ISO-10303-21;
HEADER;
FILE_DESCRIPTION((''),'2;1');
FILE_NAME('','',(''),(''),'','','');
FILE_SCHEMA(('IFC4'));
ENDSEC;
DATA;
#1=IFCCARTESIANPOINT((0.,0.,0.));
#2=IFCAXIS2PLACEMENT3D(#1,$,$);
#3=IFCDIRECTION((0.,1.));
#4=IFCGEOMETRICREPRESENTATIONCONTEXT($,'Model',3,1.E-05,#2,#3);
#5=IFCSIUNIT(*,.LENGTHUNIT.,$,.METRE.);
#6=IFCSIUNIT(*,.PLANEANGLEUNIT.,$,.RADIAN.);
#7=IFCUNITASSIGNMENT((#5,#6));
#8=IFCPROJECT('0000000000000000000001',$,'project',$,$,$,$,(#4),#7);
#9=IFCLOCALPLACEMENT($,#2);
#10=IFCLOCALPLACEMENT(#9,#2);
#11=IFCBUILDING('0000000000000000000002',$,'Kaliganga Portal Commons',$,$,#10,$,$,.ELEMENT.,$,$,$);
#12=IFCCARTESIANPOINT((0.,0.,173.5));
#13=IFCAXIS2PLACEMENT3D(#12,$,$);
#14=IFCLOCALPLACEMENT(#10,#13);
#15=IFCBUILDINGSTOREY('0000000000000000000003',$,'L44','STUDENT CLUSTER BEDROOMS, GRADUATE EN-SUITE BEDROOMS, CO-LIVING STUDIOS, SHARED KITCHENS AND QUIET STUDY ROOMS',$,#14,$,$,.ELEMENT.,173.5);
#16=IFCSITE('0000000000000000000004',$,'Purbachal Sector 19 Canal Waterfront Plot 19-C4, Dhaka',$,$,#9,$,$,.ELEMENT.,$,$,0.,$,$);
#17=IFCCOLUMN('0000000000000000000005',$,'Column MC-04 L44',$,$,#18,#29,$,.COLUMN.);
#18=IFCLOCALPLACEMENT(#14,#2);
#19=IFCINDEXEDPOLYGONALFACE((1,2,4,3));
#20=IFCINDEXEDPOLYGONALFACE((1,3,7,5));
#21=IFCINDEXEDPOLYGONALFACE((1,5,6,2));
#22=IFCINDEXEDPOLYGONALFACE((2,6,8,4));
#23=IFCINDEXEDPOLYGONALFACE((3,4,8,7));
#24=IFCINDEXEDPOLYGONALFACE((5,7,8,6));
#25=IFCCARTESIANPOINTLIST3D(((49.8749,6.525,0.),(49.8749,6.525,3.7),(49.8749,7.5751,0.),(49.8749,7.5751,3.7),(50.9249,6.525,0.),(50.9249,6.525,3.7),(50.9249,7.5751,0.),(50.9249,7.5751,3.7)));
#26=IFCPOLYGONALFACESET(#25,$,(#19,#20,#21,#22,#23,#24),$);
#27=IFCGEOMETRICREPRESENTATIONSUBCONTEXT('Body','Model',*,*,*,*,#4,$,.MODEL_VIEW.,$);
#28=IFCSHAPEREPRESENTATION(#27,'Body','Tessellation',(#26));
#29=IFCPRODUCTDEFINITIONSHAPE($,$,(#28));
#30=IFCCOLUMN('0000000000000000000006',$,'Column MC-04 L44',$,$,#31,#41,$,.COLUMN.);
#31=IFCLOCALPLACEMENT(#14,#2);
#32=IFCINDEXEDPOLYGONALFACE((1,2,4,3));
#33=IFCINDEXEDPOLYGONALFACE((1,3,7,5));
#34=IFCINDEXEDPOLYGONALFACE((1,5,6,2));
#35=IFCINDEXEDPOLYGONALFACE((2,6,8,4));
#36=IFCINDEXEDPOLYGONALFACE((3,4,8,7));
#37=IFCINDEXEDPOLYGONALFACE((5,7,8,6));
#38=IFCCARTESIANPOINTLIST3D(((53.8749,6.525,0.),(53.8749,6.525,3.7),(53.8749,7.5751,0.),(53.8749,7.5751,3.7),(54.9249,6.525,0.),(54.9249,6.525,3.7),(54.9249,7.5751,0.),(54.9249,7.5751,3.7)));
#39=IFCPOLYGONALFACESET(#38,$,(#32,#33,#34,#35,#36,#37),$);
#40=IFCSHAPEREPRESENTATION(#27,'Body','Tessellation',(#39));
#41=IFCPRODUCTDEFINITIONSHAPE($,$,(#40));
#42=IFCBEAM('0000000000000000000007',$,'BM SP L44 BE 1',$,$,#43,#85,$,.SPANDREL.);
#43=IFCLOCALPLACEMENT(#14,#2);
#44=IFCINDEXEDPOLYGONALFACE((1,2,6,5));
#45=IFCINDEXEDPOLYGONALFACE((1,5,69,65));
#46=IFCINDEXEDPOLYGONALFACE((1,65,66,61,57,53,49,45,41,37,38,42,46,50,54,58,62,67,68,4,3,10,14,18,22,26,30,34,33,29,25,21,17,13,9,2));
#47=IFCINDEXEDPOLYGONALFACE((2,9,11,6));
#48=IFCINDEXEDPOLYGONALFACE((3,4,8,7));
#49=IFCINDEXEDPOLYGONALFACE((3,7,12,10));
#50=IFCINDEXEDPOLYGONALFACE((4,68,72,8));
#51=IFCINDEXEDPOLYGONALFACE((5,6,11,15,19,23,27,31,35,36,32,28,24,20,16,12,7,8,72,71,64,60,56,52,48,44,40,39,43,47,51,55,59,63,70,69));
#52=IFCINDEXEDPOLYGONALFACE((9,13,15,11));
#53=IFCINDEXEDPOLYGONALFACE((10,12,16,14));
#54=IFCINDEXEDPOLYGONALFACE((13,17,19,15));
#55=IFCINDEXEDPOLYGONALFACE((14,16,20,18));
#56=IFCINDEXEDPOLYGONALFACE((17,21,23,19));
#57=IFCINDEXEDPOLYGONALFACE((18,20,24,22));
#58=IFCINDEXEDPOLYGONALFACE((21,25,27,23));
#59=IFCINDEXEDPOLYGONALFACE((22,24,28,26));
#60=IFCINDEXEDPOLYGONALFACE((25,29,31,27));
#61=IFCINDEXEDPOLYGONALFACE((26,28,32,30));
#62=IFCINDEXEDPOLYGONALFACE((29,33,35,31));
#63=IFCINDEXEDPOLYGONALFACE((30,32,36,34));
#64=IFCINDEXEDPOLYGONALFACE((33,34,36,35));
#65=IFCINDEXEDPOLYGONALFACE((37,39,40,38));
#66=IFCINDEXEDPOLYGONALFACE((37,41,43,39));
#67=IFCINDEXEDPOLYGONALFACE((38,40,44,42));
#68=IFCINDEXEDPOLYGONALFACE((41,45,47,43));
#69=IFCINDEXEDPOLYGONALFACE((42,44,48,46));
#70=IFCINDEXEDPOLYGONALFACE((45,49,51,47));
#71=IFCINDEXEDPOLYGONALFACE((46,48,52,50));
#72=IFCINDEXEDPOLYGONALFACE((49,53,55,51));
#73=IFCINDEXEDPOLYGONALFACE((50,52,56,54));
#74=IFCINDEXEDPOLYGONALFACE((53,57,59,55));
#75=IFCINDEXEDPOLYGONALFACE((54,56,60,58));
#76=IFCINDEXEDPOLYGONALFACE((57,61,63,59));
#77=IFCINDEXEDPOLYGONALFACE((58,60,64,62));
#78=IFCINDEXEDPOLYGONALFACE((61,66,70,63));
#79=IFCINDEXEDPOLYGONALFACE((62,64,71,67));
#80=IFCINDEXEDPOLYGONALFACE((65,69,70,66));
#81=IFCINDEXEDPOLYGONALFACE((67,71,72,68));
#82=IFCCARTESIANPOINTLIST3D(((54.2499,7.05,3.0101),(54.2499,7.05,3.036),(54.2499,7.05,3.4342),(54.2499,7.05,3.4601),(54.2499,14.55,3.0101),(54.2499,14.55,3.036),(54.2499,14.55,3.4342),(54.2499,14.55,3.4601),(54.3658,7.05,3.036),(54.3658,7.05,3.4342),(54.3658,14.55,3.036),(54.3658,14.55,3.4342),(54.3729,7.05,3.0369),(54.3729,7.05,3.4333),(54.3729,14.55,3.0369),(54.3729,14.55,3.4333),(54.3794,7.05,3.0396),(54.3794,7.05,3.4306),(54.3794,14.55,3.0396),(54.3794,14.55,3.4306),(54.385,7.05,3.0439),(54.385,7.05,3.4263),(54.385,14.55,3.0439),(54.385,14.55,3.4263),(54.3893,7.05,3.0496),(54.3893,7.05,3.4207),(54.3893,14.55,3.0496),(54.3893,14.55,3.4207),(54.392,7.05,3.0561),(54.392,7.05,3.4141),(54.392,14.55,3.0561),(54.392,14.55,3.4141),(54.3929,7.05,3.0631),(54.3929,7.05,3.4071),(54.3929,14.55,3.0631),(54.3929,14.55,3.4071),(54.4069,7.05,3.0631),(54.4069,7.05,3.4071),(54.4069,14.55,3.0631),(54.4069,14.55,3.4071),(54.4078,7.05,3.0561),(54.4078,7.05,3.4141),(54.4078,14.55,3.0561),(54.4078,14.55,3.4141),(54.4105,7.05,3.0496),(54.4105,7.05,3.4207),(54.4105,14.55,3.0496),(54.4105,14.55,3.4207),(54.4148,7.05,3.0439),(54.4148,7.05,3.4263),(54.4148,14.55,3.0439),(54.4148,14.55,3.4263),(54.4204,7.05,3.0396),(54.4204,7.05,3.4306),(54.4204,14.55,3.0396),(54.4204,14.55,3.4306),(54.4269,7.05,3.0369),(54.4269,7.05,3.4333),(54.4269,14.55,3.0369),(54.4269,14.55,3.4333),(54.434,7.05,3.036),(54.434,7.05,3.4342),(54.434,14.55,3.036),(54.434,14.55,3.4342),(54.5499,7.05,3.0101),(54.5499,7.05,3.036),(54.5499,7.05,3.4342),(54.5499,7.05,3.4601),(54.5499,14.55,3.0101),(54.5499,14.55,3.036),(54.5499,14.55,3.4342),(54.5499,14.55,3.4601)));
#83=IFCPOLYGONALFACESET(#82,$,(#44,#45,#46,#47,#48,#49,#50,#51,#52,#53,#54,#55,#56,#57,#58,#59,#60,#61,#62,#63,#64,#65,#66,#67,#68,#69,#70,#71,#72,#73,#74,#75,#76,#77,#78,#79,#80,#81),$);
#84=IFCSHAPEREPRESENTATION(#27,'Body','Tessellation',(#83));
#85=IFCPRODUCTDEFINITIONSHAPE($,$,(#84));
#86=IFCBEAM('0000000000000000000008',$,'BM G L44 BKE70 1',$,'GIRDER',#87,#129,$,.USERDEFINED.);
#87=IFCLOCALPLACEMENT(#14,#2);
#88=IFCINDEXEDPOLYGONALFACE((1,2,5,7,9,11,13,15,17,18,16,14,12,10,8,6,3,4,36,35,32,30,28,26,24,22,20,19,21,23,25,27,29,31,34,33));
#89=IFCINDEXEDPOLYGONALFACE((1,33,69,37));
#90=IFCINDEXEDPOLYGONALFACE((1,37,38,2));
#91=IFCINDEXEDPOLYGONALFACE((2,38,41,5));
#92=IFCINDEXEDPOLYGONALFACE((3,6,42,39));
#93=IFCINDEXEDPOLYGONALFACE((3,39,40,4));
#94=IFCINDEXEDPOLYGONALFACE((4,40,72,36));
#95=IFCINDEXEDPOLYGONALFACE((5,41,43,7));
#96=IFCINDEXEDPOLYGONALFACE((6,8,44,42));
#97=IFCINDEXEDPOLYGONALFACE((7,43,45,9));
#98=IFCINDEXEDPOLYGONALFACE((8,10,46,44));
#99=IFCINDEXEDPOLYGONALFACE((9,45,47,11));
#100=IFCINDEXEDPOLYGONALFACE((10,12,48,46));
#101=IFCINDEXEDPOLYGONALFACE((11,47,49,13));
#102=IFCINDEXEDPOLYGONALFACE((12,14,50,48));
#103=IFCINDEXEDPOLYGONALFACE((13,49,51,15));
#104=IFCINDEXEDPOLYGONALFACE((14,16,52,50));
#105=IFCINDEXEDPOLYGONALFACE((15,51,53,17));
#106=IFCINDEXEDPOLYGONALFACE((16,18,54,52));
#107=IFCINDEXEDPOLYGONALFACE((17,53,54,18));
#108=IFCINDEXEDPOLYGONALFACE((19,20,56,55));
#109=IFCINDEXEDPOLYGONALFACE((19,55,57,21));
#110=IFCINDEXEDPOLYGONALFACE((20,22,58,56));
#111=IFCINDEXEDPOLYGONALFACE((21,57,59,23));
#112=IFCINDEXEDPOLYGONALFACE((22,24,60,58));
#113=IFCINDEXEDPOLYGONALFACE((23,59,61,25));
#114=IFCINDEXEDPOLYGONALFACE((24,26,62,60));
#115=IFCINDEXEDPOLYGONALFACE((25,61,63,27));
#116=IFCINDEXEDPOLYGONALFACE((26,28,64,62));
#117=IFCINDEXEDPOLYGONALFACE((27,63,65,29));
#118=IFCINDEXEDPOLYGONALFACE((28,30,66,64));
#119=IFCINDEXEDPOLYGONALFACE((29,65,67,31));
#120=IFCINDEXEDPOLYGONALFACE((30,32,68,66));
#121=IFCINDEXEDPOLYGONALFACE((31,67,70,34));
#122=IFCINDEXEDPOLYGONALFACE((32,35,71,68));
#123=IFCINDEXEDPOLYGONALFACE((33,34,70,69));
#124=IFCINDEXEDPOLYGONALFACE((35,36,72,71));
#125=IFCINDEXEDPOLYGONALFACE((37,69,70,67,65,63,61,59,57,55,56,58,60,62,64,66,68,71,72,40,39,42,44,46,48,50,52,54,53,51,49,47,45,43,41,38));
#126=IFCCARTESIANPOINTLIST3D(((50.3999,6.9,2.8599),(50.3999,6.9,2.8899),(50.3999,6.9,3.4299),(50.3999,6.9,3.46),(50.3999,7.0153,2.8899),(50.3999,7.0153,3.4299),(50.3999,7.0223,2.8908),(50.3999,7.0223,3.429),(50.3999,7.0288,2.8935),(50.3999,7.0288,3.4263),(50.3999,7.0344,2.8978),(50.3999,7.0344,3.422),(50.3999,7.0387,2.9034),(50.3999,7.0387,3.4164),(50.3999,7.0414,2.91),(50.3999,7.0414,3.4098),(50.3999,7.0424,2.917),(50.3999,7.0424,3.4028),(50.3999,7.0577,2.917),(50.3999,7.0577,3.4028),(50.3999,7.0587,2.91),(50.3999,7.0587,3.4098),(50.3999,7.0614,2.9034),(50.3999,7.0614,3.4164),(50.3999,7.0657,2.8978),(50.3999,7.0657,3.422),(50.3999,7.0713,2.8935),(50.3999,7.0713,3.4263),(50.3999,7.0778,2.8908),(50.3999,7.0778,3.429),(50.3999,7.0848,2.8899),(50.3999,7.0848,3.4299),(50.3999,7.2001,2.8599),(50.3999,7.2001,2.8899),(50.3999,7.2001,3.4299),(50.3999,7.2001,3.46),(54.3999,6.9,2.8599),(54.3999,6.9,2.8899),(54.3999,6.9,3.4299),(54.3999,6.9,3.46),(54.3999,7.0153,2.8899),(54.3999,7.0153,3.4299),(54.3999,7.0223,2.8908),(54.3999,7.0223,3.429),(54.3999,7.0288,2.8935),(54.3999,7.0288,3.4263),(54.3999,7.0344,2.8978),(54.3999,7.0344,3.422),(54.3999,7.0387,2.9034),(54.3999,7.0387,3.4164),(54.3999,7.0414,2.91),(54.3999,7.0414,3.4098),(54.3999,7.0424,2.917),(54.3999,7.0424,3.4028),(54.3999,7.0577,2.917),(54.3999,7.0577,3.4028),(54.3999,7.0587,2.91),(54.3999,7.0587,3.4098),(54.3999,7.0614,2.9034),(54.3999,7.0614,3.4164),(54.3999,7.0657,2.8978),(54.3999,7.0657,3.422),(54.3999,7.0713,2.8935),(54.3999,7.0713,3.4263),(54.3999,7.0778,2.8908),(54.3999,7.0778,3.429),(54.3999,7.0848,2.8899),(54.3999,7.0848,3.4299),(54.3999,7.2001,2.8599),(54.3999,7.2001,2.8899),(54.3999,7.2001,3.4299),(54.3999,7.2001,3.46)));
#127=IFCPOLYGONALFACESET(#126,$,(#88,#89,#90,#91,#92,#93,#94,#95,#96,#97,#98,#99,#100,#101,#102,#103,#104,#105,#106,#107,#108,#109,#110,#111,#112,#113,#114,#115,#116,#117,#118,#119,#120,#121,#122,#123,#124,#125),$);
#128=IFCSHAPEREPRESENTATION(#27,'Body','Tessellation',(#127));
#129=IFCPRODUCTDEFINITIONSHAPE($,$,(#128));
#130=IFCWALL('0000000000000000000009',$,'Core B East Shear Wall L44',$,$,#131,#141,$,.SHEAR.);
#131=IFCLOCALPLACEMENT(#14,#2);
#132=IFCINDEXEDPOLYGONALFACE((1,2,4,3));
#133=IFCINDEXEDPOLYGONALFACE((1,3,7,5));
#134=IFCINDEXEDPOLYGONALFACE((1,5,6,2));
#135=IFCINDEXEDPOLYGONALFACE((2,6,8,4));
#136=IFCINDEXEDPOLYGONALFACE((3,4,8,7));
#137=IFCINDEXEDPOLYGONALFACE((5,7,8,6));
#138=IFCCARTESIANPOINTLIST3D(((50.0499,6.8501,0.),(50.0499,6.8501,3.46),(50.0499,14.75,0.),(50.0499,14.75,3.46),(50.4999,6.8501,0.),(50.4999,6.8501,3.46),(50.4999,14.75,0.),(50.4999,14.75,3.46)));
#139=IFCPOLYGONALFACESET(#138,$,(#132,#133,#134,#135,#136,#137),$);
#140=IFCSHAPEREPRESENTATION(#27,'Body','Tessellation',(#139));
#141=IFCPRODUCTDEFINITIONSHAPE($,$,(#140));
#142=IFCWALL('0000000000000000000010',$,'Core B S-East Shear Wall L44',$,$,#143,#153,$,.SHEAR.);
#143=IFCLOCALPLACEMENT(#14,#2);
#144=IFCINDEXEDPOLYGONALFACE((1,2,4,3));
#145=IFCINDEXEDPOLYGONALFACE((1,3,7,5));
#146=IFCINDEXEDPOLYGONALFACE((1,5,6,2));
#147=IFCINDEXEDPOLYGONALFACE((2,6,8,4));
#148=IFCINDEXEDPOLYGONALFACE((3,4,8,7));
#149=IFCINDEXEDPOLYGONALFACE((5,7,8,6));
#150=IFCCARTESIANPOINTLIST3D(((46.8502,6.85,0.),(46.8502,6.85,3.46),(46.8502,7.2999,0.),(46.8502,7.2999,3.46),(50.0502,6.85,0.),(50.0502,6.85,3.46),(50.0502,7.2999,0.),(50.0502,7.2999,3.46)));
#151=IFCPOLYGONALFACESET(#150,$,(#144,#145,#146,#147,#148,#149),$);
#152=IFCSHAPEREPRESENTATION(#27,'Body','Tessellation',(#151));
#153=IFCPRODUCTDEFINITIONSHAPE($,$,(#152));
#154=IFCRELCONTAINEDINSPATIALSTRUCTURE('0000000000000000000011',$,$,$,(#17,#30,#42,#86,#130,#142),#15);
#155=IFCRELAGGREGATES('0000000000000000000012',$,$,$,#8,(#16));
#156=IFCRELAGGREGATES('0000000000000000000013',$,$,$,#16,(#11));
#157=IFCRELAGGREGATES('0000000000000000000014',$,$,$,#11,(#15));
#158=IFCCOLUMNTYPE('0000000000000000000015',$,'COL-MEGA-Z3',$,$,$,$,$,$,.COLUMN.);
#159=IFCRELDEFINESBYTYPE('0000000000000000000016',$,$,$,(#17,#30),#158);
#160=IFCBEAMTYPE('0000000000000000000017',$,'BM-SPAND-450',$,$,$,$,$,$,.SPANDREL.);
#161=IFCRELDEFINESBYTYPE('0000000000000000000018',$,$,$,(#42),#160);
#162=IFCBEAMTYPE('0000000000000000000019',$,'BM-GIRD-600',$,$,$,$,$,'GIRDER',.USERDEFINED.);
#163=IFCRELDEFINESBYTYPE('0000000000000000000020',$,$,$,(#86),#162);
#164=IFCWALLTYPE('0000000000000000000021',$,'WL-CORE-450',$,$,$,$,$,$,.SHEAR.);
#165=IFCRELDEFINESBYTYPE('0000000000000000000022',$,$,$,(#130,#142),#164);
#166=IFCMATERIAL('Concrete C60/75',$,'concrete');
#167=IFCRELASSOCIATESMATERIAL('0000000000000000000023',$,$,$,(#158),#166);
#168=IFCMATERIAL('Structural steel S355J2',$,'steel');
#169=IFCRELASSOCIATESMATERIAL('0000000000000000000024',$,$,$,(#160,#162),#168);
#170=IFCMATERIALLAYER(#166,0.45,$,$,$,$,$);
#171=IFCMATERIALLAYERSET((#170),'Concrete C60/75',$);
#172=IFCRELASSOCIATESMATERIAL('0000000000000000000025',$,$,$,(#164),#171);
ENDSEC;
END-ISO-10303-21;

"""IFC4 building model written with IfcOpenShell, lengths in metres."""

from ifc_helpers import new_model, si_unit, direction, frame, frame_2d, origin, origin_2d, place, context, subcontext, project, spatial, rectangle, i_section, extrude, source, transform, mapped, material, layer, layer_set, material_profile, profile_set, type_object, element, save


model = new_model("IFC4")

# Units and contexts
model_context = context("Model", 3, precision=1e-05, world=origin(), true_north=direction((0.0, 1.0)))
body_context = subcontext(model_context, "Body", "Model", "MODEL_VIEW")
ifc_project = project(units=[si_unit("LENGTHUNIT", "METRE"), si_unit("PLANEANGLEUNIT", "RADIAN")], contexts=[model_context])

# Site, building, storey
site_placement = place(None, origin())
site = spatial("IfcSite", under=ifc_project, at=site_placement, Name="Purbachal Sector 19 Canal Waterfront Plot 19-C4, Dhaka", CompositionType="ELEMENT", RefElevation=0.0)
building_placement = place(site_placement, origin())
building = spatial("IfcBuilding", under=site, at=building_placement, Name="Kaliganga Portal Commons", CompositionType="ELEMENT")
storey_placement = place(building_placement, frame((0.0, 0.0, 173.5)))
storey = spatial("IfcBuildingStorey", under=building, at=storey_placement, Name="L44", Description="STUDENT CLUSTER BEDROOMS, GRADUATE EN-SUITE BEDROOMS, CO-LIVING STUDIOS, SHARED KITCHENS AND QUIET STUDY ROOMS", CompositionType="ELEMENT", Elevation=173.5)

# Columns
ifc_material_1 = material(Name="Concrete C60/75", Category="concrete")
ifc_material_profile_1 = material_profile(ifc_material_1, rectangle(XDim=1.05, YDim=1.05, at=origin_2d()), Name="RC 1050x1050")
ifc_profile_set_1 = profile_set([ifc_material_profile_1], Name="Concrete C60/75")
column_type = type_object("IfcColumnType", Name="COL-MEGA-Z3", PredefinedType="COLUMN", material=ifc_profile_set_1)
shared_shape_1 = source(origin(), body_context, "Body", "SweptSolid", [
    extrude(rectangle(XDim=1.05, YDim=1.05, at=origin_2d()), origin(), (0.0, 0.0, 1.0), 3.7),
])
for number, where, z_axis, x_axis, name in (
    (1, (50.3999, 7.05, 0.0), (0.0, 0.0, 1.0), (1.0, 0.0, 0.0), "Column MC-04 L44"),
    (2, (54.3999, 7.05, 0.0), (0.0, 0.0, 1.0), (1.0, 0.0, 0.0), "Column MC-04 L44"),
):
    element("IfcColumn", number, at=place(storey_placement, frame(where, z_axis=z_axis, x_axis=x_axis)), inside=storey, type_object=column_type, Name=name, PredefinedType="COLUMN", context=body_context, shape_type="MappedRepresentation", body=[
        mapped(shared_shape_1, transform((0.0, 0.0, 0.0), x_axis=(1.0, 0.0, 0.0), y_axis=(0.0, 1.0, 0.0), z_axis=(0.0, 0.0, 1.0), scale=1.0)),
    ])

# Beams
ifc_material_2 = material(Name="Structural steel S355J2", Category="steel")
ifc_material_profile_2 = material_profile(ifc_material_2, i_section(OverallWidth=0.3, OverallDepth=0.45, WebThickness=0.0139, FlangeThickness=0.0259, FilletRadius=0.0271, at=origin_2d()), Name="HE 450 B")
ifc_profile_set_2 = profile_set([ifc_material_profile_2], Name="Structural steel S355J2 wide-flange")
beam_type_1 = type_object("IfcBeamType", Name="BM-SPAND-450", PredefinedType="SPANDREL", material=ifc_profile_set_2)
shared_shape_2 = source(origin(), body_context, "Body", "SweptSolid", [
    extrude(i_section(OverallWidth=0.3, OverallDepth=0.45, WebThickness=0.0139, FlangeThickness=0.0259, FilletRadius=0.0271, at=origin_2d()), origin(), (0.0, 0.0, 1.0), 7.5),
])
beam_1_placement = place(storey_placement, frame((54.3999, 7.05, 3.2351), z_axis=(0.0, 1.0, 0.0), x_axis=(-1.0, 0.0, 0.0)))
element("IfcBeam", 3, at=beam_1_placement, inside=storey, type_object=beam_type_1, Name="BM SP L44 BE 1", PredefinedType="SPANDREL", context=body_context, shape_type="MappedRepresentation", body=[
    mapped(shared_shape_2, transform((0.0, 0.0, 0.0), x_axis=(1.0, 0.0, 0.0), y_axis=(0.0, 1.0, 0.0), z_axis=(0.0, 0.0, 1.0), scale=1.0)),
])
ifc_material_profile_3 = material_profile(ifc_material_2, i_section(OverallWidth=0.3, OverallDepth=0.6001, WebThickness=0.0154, FlangeThickness=0.03, FilletRadius=0.0271, at=origin_2d()), Name="HE 600 B")
ifc_profile_set_3 = profile_set([ifc_material_profile_3], Name="Structural steel S355J2 wide-flange")
beam_type_2 = type_object("IfcBeamType", Name="BM-GIRD-600", ElementType="GIRDER", PredefinedType="USERDEFINED", material=ifc_profile_set_3)
shared_shape_3 = source(origin(), body_context, "Body", "SweptSolid", [
    extrude(i_section(OverallWidth=0.3, OverallDepth=0.6001, WebThickness=0.0154, FlangeThickness=0.03, FilletRadius=0.0271, at=origin_2d()), origin(), (0.0, 0.0, 1.0), 4.0),
])
beam_2_placement = place(storey_placement, frame((50.3999, 7.05, 3.1599), z_axis=(1.0, 0.0, 0.0), x_axis=(0.0, 1.0, 0.0)))
element("IfcBeam", 4, at=beam_2_placement, inside=storey, type_object=beam_type_2, Name="BM G L44 BKE70 1", ObjectType="GIRDER", PredefinedType="USERDEFINED", context=body_context, shape_type="MappedRepresentation", body=[
    mapped(shared_shape_3, transform((0.0, 0.0, 0.0), x_axis=(1.0, 0.0, 0.0), y_axis=(0.0, 1.0, 0.0), z_axis=(0.0, 0.0, 1.0), scale=1.0)),
])

# Walls
ifc_layer_1 = layer(ifc_material_1, 0.45)
ifc_layer_set_1 = layer_set([ifc_layer_1], Name="Concrete C60/75")
wall_type_1 = type_object("IfcWallType", Name="WL-CORE-450", PredefinedType="SHEAR", material=ifc_layer_set_1)
wall_1_placement = place(storey_placement, frame((50.2749, 6.8501, 0.0), z_axis=(0.0, 0.0, 1.0), x_axis=(0.0, 1.0, 0.0)))
element("IfcWall", 5, at=wall_1_placement, inside=storey, type_object=wall_type_1, Name="Core B East Shear Wall L44", PredefinedType="SHEAR", context=body_context, shape_type="SweptSolid", body=[
    extrude(rectangle(XDim=7.8999, YDim=0.45, at=frame_2d((3.95, 0.0))), origin(), (0.0, 0.0, 1.0), 3.46),
])
wall_2_placement = place(storey_placement, frame((46.8501, 7.075, 0.0), z_axis=(0.0, 0.0, 1.0), x_axis=(1.0, 0.0, 0.0)))
element("IfcWall", 6, at=wall_2_placement, inside=storey, type_object=wall_type_1, Name="Core B S-East Shear Wall L44", PredefinedType="SHEAR", context=body_context, shape_type="SweptSolid", body=[
    extrude(rectangle(XDim=3.2, YDim=0.45, at=frame_2d((1.6001, 0.0))), origin(), (0.0, 0.0, 1.0), 3.46),
])

save(model, "model.ifc")
